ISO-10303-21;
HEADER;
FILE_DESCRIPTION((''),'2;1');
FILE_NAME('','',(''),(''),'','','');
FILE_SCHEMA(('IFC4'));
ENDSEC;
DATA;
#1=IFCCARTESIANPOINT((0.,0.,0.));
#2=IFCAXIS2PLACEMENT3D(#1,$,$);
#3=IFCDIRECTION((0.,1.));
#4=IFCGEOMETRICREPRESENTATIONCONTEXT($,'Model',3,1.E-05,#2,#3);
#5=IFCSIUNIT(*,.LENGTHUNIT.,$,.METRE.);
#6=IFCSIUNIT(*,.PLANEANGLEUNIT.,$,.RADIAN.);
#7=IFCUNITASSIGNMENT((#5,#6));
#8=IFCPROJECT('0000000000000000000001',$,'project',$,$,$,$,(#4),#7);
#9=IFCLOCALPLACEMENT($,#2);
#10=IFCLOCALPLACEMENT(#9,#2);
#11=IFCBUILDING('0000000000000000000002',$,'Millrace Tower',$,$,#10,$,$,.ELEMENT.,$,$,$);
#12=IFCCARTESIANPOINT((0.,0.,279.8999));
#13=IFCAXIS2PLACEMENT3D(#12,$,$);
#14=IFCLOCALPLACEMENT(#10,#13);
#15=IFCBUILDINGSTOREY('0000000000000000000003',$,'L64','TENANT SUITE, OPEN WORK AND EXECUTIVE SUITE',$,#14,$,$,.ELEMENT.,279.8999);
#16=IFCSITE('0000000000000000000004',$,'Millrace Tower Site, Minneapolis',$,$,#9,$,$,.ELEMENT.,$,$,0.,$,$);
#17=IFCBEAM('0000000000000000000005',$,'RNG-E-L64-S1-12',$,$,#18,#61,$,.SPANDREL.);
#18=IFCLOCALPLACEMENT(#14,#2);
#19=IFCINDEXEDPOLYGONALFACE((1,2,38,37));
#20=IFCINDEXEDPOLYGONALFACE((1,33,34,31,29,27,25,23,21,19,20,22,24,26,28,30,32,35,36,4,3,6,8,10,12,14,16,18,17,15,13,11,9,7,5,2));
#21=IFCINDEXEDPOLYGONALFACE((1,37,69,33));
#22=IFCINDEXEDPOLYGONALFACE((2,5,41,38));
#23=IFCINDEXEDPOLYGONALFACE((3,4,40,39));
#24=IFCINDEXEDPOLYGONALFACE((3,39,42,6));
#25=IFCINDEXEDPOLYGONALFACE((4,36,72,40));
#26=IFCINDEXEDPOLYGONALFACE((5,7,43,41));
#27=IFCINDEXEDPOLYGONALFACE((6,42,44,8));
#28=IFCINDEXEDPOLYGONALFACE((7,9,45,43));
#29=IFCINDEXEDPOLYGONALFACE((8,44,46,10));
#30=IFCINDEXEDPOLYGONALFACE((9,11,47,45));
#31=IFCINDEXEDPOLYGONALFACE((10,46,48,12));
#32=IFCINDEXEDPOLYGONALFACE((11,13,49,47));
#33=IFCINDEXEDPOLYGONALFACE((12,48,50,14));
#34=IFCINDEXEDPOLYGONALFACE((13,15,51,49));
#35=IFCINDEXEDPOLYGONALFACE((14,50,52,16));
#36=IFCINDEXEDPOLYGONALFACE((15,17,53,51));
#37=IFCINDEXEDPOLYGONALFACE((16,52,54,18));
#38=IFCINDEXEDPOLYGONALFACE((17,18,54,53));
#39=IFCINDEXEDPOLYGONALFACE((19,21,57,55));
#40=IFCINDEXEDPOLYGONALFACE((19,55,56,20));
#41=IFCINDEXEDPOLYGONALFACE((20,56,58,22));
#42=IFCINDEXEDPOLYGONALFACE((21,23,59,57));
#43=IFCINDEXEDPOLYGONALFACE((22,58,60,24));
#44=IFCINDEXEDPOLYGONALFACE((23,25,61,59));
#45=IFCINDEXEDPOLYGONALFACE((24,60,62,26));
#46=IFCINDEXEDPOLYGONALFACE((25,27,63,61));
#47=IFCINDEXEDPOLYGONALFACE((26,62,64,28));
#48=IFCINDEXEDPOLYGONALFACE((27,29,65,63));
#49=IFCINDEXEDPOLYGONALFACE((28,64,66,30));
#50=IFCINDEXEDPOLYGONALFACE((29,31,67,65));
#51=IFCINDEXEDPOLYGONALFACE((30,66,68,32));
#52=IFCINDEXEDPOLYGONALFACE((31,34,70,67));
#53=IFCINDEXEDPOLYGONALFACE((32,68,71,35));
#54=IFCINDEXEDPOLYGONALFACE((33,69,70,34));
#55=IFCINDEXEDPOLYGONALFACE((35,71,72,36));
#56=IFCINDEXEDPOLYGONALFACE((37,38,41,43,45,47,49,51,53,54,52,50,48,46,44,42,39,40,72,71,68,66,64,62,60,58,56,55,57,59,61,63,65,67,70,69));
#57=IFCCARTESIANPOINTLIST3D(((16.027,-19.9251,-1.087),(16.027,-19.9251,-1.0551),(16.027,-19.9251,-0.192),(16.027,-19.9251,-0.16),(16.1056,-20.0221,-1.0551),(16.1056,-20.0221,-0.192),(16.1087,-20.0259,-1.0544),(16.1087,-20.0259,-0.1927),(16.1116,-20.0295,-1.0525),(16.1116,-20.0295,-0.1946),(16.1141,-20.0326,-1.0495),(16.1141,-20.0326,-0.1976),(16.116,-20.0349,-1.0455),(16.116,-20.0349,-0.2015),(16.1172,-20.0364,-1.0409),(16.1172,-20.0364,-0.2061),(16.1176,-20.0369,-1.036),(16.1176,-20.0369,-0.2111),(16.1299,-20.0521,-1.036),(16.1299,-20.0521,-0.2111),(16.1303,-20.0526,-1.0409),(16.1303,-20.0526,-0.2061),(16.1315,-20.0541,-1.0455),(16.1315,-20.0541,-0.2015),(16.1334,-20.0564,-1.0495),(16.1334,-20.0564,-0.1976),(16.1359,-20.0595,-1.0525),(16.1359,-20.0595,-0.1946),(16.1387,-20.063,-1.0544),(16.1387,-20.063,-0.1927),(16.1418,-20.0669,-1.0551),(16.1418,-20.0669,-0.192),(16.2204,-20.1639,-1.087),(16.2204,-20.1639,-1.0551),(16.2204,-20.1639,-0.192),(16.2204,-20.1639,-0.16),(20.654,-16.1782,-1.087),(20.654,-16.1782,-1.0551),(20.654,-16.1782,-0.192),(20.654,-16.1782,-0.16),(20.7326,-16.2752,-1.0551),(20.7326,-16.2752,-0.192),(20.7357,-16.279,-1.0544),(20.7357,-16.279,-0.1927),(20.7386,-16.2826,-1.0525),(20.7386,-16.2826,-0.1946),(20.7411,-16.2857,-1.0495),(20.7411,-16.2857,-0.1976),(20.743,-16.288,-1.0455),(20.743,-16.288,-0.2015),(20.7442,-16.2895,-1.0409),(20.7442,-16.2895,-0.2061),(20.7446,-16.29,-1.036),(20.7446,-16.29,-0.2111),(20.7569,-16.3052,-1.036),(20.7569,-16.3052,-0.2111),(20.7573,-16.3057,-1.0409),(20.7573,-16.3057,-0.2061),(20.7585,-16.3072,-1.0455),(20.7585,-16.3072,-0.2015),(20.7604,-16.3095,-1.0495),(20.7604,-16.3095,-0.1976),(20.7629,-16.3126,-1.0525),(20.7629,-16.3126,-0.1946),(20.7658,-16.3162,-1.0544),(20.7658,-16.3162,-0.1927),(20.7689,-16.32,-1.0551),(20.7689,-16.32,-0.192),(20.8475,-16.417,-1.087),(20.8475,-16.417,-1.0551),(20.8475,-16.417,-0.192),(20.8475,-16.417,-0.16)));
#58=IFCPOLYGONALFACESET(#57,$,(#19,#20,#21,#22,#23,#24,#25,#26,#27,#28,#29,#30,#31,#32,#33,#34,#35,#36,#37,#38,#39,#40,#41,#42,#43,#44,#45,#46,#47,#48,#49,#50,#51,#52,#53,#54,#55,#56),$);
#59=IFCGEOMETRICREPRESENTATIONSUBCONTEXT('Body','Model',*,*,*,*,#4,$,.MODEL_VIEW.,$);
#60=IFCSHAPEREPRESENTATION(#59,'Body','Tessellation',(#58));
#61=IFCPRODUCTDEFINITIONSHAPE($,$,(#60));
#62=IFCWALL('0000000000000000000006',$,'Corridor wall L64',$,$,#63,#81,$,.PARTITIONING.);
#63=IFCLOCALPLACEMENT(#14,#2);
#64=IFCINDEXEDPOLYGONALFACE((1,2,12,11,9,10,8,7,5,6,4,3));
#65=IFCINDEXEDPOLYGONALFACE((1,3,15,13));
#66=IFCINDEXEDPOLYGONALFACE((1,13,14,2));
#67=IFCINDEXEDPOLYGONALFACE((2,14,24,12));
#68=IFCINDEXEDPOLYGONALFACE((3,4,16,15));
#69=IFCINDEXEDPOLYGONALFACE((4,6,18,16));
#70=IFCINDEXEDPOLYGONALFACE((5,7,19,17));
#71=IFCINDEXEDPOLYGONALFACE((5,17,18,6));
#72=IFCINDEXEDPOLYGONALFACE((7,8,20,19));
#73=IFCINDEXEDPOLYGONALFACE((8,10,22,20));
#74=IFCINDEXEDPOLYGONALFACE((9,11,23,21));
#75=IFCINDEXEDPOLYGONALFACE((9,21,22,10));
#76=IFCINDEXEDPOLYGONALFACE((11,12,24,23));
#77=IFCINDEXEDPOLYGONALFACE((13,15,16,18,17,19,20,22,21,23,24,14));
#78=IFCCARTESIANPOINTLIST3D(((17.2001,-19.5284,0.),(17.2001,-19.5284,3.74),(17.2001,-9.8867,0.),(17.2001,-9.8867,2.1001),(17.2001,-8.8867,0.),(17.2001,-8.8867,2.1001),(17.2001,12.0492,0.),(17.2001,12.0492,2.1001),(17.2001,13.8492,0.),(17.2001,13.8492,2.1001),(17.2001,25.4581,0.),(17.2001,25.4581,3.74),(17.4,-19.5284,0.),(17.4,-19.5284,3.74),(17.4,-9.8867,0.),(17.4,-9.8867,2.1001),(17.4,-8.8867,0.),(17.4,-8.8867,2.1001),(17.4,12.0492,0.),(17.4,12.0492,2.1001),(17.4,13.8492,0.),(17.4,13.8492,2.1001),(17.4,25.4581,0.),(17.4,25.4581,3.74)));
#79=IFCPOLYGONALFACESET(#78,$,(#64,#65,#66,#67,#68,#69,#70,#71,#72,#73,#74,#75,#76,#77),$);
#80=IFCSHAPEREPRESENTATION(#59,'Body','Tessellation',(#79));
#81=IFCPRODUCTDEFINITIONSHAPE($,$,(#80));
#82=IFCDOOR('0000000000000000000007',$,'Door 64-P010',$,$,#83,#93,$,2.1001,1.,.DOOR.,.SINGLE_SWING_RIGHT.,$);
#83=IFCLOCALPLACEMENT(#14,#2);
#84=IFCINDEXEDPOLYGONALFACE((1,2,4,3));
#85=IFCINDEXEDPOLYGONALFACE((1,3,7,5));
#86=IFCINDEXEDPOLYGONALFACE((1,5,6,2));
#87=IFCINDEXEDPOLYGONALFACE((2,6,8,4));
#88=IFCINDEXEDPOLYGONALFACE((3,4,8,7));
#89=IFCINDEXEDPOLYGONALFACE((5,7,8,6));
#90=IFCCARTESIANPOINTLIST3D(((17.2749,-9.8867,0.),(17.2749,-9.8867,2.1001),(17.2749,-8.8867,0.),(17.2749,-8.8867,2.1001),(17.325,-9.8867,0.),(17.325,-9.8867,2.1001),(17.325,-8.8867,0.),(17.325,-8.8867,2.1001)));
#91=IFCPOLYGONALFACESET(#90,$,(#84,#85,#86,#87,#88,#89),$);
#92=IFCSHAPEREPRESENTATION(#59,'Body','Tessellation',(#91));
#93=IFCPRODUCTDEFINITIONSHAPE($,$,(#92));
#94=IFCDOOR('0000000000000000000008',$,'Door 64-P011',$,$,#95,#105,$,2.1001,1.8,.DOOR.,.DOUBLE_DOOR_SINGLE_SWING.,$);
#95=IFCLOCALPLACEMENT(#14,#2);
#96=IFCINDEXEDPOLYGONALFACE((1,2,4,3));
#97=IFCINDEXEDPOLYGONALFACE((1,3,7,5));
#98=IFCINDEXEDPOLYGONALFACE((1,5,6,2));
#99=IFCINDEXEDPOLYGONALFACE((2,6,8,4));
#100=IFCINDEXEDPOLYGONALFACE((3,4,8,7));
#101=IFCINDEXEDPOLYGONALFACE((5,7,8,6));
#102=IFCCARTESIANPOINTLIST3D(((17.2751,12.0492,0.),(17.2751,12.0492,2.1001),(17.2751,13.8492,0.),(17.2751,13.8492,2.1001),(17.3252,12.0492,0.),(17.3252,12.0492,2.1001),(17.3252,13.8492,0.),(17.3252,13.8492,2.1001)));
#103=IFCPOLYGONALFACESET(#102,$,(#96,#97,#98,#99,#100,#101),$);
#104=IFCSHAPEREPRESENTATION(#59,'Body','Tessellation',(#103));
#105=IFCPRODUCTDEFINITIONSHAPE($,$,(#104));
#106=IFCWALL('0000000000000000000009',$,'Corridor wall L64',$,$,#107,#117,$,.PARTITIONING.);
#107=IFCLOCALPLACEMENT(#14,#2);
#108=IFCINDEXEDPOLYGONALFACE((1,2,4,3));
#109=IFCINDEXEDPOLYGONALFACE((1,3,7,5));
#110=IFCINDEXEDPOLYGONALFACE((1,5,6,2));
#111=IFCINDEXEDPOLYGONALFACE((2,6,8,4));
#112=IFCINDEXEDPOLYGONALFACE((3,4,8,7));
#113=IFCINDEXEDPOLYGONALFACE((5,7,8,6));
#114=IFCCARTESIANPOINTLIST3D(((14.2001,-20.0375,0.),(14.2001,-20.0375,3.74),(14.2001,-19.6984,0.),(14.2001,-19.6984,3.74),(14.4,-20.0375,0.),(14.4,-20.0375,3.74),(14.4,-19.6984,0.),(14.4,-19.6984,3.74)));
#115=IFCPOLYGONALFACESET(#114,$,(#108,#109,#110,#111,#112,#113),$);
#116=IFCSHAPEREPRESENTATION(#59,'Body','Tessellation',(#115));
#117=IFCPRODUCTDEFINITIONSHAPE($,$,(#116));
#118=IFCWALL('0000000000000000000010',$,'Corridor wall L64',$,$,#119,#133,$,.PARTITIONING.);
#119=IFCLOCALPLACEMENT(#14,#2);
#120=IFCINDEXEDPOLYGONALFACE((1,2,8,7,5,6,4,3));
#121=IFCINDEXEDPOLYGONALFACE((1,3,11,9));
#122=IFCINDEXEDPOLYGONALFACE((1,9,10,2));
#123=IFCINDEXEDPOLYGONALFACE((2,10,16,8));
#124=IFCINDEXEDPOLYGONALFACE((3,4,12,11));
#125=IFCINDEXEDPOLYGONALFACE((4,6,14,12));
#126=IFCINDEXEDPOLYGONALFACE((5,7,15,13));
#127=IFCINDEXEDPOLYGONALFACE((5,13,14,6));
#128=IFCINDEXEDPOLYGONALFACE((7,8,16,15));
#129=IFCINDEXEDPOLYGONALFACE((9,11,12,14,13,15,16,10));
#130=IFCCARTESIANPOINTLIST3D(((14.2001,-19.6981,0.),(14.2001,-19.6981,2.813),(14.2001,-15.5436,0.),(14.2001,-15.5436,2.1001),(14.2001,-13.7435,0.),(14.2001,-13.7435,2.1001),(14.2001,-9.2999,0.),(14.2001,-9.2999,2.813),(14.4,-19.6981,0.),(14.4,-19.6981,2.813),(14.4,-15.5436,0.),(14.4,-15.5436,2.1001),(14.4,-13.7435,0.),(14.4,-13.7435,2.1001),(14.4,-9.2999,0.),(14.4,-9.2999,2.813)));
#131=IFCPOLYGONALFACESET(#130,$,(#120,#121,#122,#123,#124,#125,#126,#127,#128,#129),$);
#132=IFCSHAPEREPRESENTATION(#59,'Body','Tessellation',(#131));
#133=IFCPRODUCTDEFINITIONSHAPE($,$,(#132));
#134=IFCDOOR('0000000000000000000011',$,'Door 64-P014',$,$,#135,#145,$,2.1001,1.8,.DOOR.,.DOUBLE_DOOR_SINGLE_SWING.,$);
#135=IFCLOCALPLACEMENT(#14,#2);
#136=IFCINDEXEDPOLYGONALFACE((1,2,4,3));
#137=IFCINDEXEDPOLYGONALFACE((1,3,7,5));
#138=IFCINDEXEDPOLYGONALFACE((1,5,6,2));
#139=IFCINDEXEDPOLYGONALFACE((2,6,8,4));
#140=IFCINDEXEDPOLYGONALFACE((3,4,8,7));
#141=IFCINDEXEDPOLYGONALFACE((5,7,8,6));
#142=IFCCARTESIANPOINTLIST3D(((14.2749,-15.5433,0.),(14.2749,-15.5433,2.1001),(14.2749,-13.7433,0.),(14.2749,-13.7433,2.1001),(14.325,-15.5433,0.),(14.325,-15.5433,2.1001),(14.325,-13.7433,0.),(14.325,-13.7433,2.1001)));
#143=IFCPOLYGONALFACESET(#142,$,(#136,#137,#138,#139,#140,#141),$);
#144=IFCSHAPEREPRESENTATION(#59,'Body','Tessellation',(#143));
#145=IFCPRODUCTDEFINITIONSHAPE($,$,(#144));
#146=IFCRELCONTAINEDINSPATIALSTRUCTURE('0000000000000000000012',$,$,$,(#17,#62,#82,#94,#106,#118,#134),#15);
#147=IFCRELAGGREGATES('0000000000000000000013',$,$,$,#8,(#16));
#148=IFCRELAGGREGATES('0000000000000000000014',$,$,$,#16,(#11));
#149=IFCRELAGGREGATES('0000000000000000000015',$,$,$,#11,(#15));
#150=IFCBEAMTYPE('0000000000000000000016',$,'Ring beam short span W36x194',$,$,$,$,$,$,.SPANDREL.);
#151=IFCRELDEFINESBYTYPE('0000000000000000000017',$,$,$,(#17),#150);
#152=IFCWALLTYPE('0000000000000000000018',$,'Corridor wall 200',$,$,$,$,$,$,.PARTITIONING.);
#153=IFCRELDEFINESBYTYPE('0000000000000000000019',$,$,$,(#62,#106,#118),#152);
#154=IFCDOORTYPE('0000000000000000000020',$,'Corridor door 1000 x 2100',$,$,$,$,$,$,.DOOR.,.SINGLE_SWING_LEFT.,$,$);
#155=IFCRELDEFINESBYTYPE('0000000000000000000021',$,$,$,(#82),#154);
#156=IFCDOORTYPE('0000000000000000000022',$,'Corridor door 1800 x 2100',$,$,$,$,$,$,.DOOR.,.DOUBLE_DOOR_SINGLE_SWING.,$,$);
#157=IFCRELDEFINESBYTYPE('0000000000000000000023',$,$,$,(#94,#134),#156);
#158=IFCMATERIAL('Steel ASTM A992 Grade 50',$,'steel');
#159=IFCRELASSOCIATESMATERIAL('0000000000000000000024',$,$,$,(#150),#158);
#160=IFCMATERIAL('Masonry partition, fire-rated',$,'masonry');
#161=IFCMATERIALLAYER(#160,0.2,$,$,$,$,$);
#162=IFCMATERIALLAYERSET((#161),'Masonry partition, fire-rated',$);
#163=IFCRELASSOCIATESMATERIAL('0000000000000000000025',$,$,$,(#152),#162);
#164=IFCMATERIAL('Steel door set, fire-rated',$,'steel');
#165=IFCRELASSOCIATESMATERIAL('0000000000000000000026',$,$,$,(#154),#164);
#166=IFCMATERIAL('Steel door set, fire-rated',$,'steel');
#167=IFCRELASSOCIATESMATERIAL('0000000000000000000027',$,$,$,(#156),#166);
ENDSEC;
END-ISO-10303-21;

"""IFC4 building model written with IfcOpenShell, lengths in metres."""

from ifc_helpers import new_model, si_unit, direction, frame, frame_2d, origin, origin_2d, place, context, subcontext, project, spatial, rectangle, i_section, extrude, material, layer, layer_set, material_profile, profile_set, type_object, element, fill, save


model = new_model("IFC4")

# Units and contexts
model_context = context("Model", 3, precision=1e-05, world=origin(), true_north=direction((0.0, 1.0)))
body_context = subcontext(model_context, "Body", "Model", "MODEL_VIEW")
ifc_project = project(units=[si_unit("LENGTHUNIT", "METRE"), si_unit("PLANEANGLEUNIT", "RADIAN")], contexts=[model_context])

# Site, building, storey
site_placement = place(None, origin())
site = spatial("IfcSite", under=ifc_project, at=site_placement, Name="Millrace Tower Site, Minneapolis", CompositionType="ELEMENT", RefElevation=0.0)
building_placement = place(site_placement, origin())
building = spatial("IfcBuilding", under=site, at=building_placement, Name="Millrace Tower", CompositionType="ELEMENT")
storey_placement = place(building_placement, frame((0.0, 0.0, 279.8999)))
storey = spatial("IfcBuildingStorey", under=building, at=storey_placement, Name="L64", Description="TENANT SUITE, OPEN WORK AND EXECUTIVE SUITE", CompositionType="ELEMENT", Elevation=279.8999)

# Beam
ifc_material_1 = material(Name="Steel ASTM A992 Grade 50", Category="steel")
ifc_material_profile_1 = material_profile(ifc_material_1, i_section(OverallWidth=0.3074, OverallDepth=0.927, WebThickness=0.0195, FlangeThickness=0.032, FilletRadius=0.019, at=origin_2d()))
ifc_profile_set_1 = profile_set([ifc_material_profile_1], Name="Steel ASTM A992 Grade 50")
beam_type_1 = type_object("IfcBeamType", Name="Ring beam short span W36x194", PredefinedType="SPANDREL", material=ifc_profile_set_1)
beam_1_placement = place(storey_placement, frame((20.7507, -16.2976, -0.6235), z_axis=(-0.777147, -0.62932, 0.0), x_axis=(0.62932, -0.777147, 0.0)))
element("IfcBeam", 1, at=beam_1_placement, inside=storey, type_object=beam_type_1, Name="RNG-E-L64-S1-12", PredefinedType="SPANDREL", context=body_context, shape_type="SweptSolid", body=[
    extrude(i_section(OverallWidth=0.3074, OverallDepth=0.927, WebThickness=0.0195, FlangeThickness=0.032, FilletRadius=0.019, at=origin_2d()), origin(), (0.0, 0.0, 1.0), 5.9539),
])

# Wall, openings, doors
ifc_material_2 = material(Name="Masonry partition, fire-rated", Category="masonry")
ifc_layer_1 = layer(ifc_material_2, 0.2)
ifc_layer_set_1 = layer_set([ifc_layer_1], Name="Masonry partition, fire-rated")
wall_type = type_object("IfcWallType", Name="Corridor wall 200", PredefinedType="PARTITIONING", material=ifc_layer_set_1)
wall_1_placement = place(storey_placement, frame((17.3, -19.5283, 0.0), z_axis=(0.0, 0.0, 1.0), x_axis=(0.0, 1.0, 0.0)))
wall_1 = element("IfcWall", 2, at=wall_1_placement, inside=storey, type_object=wall_type, Name="Corridor wall L64", PredefinedType="PARTITIONING", context=body_context, shape_type="SweptSolid", body=[
    extrude(rectangle(XDim=44.9866, YDim=0.2, at=frame_2d((22.4932, 0.0))), origin(), (0.0, 0.0, 1.0), 3.74),
])
opening_1_placement = place(wall_1_placement, frame((9.6416, 0.0, 0.0)))
opening_1 = element("IfcOpeningElement", 3, at=opening_1_placement, cuts=wall_1, PredefinedType="OPENING", context=body_context, shape_type="SweptSolid", body=[
    extrude(rectangle(XDim=1.0, YDim=2.1001, at=frame_2d((0.5, 1.05))), frame((0.0, 0.1099, 0.0), z_axis=(0.0, -1.0, 0.0), x_axis=(1.0, 0.0, 0.0)), (0.0, 0.0, 1.0), 0.22),
])
opening_2_placement = place(wall_1_placement, frame((31.5776, 0.0, 0.0)))
opening_2 = element("IfcOpeningElement", 4, at=opening_2_placement, cuts=wall_1, PredefinedType="OPENING", context=body_context, shape_type="SweptSolid", body=[
    extrude(rectangle(XDim=1.8, YDim=2.1001, at=frame_2d((0.8999, 1.05))), frame((0.0, 0.1099, 0.0), z_axis=(0.0, -1.0, 0.0), x_axis=(1.0, 0.0, 0.0)), (0.0, 0.0, 1.0), 0.22),
])
ifc_material_3 = material(Name="Steel door set, fire-rated", Category="steel")
door_type_1 = type_object("IfcDoorType", Name="Corridor door 1000 x 2100", OperationType="SINGLE_SWING_LEFT", PredefinedType="DOOR", material=ifc_material_3)
door_1_placement = place(opening_1_placement, frame((1.0, 0.0, 0.0), z_axis=(0.0, 0.0, 1.0), x_axis=(-1.0, 0.0, 0.0)))
door_1 = element("IfcDoor", 5, at=door_1_placement, inside=storey, type_object=door_type_1, Name="Door 64-P010", OperationType="SINGLE_SWING_RIGHT", OverallHeight=2.1001, OverallWidth=1.0, PredefinedType="DOOR", context=body_context, shape_type="SweptSolid", body=[
    extrude(rectangle(XDim=1.0, YDim=2.1001, at=frame_2d((0.5, 1.05))), frame((0.0, 0.0249, 0.0), z_axis=(0.0, -1.0, 0.0), x_axis=(1.0, 0.0, 0.0)), (0.0, 0.0, 1.0), 0.05),
])
fill(opening_1, door_1)
ifc_material_4 = material(Name="Steel door set, fire-rated", Category="steel")
door_type_2 = type_object("IfcDoorType", Name="Corridor door 1800 x 2100", OperationType="DOUBLE_DOOR_SINGLE_SWING", PredefinedType="DOOR", material=ifc_material_4)
door_2_placement = place(opening_2_placement, origin())
door_2 = element("IfcDoor", 6, at=door_2_placement, inside=storey, type_object=door_type_2, Name="Door 64-P011", OperationType="DOUBLE_DOOR_SINGLE_SWING", OverallHeight=2.1001, OverallWidth=1.8, PredefinedType="DOOR", context=body_context, shape_type="SweptSolid", body=[
    extrude(rectangle(XDim=1.8, YDim=2.1001, at=frame_2d((0.8999, 1.05))), frame((0.0, 0.0249, 0.0), z_axis=(0.0, -1.0, 0.0), x_axis=(1.0, 0.0, 0.0)), (0.0, 0.0, 1.0), 0.05),
])
fill(opening_2, door_2)

# Wall
wall_2_placement = place(storey_placement, frame((14.3, -20.0374, 0.0), z_axis=(0.0, 0.0, 1.0), x_axis=(0.0, 1.0, 0.0)))
element("IfcWall", 7, at=wall_2_placement, inside=storey, type_object=wall_type, Name="Corridor wall L64", PredefinedType="PARTITIONING", context=body_context, shape_type="SweptSolid", body=[
    extrude(rectangle(XDim=0.3391, YDim=0.2, at=frame_2d((0.1694, 0.0))), origin(), (0.0, 0.0, 1.0), 3.74),
])

# Wall, opening, door
wall_3_placement = place(storey_placement, frame((14.3, -19.6982, 0.0), z_axis=(0.0, 0.0, 1.0), x_axis=(0.0, 1.0, 0.0)))
wall_3 = element("IfcWall", 8, at=wall_3_placement, inside=storey, type_object=wall_type, Name="Corridor wall L64", PredefinedType="PARTITIONING", context=body_context, shape_type="SweptSolid", body=[
    extrude(rectangle(XDim=10.3982, YDim=0.2, at=frame_2d((5.1992, 0.0))), origin(), (0.0, 0.0, 1.0), 2.813),
])
opening_3_placement = place(wall_3_placement, frame((4.1548, 0.0, 0.0)))
opening_3 = element("IfcOpeningElement", 9, at=opening_3_placement, cuts=wall_3, PredefinedType="OPENING", context=body_context, shape_type="SweptSolid", body=[
    extrude(rectangle(XDim=1.8, YDim=2.1001, at=frame_2d((0.8999, 1.05))), frame((0.0, 0.1099, 0.0), z_axis=(0.0, -1.0, 0.0), x_axis=(1.0, 0.0, 0.0)), (0.0, 0.0, 1.0), 0.22),
])
door_3_placement = place(opening_3_placement, frame((1.8, 0.0, 0.0), z_axis=(0.0, 0.0, 1.0), x_axis=(-1.0, 0.0, 0.0)))
door_3 = element("IfcDoor", 10, at=door_3_placement, inside=storey, type_object=door_type_2, Name="Door 64-P014", OperationType="DOUBLE_DOOR_SINGLE_SWING", OverallHeight=2.1001, OverallWidth=1.8, PredefinedType="DOOR", context=body_context, shape_type="SweptSolid", body=[
    extrude(rectangle(XDim=1.8, YDim=2.1001, at=frame_2d((0.8999, 1.05))), frame((0.0, 0.0249, 0.0), z_axis=(0.0, -1.0, 0.0), x_axis=(1.0, 0.0, 0.0)), (0.0, 0.0, 1.0), 0.05),
])
fill(opening_3, door_3)

save(model, "model.ifc")
